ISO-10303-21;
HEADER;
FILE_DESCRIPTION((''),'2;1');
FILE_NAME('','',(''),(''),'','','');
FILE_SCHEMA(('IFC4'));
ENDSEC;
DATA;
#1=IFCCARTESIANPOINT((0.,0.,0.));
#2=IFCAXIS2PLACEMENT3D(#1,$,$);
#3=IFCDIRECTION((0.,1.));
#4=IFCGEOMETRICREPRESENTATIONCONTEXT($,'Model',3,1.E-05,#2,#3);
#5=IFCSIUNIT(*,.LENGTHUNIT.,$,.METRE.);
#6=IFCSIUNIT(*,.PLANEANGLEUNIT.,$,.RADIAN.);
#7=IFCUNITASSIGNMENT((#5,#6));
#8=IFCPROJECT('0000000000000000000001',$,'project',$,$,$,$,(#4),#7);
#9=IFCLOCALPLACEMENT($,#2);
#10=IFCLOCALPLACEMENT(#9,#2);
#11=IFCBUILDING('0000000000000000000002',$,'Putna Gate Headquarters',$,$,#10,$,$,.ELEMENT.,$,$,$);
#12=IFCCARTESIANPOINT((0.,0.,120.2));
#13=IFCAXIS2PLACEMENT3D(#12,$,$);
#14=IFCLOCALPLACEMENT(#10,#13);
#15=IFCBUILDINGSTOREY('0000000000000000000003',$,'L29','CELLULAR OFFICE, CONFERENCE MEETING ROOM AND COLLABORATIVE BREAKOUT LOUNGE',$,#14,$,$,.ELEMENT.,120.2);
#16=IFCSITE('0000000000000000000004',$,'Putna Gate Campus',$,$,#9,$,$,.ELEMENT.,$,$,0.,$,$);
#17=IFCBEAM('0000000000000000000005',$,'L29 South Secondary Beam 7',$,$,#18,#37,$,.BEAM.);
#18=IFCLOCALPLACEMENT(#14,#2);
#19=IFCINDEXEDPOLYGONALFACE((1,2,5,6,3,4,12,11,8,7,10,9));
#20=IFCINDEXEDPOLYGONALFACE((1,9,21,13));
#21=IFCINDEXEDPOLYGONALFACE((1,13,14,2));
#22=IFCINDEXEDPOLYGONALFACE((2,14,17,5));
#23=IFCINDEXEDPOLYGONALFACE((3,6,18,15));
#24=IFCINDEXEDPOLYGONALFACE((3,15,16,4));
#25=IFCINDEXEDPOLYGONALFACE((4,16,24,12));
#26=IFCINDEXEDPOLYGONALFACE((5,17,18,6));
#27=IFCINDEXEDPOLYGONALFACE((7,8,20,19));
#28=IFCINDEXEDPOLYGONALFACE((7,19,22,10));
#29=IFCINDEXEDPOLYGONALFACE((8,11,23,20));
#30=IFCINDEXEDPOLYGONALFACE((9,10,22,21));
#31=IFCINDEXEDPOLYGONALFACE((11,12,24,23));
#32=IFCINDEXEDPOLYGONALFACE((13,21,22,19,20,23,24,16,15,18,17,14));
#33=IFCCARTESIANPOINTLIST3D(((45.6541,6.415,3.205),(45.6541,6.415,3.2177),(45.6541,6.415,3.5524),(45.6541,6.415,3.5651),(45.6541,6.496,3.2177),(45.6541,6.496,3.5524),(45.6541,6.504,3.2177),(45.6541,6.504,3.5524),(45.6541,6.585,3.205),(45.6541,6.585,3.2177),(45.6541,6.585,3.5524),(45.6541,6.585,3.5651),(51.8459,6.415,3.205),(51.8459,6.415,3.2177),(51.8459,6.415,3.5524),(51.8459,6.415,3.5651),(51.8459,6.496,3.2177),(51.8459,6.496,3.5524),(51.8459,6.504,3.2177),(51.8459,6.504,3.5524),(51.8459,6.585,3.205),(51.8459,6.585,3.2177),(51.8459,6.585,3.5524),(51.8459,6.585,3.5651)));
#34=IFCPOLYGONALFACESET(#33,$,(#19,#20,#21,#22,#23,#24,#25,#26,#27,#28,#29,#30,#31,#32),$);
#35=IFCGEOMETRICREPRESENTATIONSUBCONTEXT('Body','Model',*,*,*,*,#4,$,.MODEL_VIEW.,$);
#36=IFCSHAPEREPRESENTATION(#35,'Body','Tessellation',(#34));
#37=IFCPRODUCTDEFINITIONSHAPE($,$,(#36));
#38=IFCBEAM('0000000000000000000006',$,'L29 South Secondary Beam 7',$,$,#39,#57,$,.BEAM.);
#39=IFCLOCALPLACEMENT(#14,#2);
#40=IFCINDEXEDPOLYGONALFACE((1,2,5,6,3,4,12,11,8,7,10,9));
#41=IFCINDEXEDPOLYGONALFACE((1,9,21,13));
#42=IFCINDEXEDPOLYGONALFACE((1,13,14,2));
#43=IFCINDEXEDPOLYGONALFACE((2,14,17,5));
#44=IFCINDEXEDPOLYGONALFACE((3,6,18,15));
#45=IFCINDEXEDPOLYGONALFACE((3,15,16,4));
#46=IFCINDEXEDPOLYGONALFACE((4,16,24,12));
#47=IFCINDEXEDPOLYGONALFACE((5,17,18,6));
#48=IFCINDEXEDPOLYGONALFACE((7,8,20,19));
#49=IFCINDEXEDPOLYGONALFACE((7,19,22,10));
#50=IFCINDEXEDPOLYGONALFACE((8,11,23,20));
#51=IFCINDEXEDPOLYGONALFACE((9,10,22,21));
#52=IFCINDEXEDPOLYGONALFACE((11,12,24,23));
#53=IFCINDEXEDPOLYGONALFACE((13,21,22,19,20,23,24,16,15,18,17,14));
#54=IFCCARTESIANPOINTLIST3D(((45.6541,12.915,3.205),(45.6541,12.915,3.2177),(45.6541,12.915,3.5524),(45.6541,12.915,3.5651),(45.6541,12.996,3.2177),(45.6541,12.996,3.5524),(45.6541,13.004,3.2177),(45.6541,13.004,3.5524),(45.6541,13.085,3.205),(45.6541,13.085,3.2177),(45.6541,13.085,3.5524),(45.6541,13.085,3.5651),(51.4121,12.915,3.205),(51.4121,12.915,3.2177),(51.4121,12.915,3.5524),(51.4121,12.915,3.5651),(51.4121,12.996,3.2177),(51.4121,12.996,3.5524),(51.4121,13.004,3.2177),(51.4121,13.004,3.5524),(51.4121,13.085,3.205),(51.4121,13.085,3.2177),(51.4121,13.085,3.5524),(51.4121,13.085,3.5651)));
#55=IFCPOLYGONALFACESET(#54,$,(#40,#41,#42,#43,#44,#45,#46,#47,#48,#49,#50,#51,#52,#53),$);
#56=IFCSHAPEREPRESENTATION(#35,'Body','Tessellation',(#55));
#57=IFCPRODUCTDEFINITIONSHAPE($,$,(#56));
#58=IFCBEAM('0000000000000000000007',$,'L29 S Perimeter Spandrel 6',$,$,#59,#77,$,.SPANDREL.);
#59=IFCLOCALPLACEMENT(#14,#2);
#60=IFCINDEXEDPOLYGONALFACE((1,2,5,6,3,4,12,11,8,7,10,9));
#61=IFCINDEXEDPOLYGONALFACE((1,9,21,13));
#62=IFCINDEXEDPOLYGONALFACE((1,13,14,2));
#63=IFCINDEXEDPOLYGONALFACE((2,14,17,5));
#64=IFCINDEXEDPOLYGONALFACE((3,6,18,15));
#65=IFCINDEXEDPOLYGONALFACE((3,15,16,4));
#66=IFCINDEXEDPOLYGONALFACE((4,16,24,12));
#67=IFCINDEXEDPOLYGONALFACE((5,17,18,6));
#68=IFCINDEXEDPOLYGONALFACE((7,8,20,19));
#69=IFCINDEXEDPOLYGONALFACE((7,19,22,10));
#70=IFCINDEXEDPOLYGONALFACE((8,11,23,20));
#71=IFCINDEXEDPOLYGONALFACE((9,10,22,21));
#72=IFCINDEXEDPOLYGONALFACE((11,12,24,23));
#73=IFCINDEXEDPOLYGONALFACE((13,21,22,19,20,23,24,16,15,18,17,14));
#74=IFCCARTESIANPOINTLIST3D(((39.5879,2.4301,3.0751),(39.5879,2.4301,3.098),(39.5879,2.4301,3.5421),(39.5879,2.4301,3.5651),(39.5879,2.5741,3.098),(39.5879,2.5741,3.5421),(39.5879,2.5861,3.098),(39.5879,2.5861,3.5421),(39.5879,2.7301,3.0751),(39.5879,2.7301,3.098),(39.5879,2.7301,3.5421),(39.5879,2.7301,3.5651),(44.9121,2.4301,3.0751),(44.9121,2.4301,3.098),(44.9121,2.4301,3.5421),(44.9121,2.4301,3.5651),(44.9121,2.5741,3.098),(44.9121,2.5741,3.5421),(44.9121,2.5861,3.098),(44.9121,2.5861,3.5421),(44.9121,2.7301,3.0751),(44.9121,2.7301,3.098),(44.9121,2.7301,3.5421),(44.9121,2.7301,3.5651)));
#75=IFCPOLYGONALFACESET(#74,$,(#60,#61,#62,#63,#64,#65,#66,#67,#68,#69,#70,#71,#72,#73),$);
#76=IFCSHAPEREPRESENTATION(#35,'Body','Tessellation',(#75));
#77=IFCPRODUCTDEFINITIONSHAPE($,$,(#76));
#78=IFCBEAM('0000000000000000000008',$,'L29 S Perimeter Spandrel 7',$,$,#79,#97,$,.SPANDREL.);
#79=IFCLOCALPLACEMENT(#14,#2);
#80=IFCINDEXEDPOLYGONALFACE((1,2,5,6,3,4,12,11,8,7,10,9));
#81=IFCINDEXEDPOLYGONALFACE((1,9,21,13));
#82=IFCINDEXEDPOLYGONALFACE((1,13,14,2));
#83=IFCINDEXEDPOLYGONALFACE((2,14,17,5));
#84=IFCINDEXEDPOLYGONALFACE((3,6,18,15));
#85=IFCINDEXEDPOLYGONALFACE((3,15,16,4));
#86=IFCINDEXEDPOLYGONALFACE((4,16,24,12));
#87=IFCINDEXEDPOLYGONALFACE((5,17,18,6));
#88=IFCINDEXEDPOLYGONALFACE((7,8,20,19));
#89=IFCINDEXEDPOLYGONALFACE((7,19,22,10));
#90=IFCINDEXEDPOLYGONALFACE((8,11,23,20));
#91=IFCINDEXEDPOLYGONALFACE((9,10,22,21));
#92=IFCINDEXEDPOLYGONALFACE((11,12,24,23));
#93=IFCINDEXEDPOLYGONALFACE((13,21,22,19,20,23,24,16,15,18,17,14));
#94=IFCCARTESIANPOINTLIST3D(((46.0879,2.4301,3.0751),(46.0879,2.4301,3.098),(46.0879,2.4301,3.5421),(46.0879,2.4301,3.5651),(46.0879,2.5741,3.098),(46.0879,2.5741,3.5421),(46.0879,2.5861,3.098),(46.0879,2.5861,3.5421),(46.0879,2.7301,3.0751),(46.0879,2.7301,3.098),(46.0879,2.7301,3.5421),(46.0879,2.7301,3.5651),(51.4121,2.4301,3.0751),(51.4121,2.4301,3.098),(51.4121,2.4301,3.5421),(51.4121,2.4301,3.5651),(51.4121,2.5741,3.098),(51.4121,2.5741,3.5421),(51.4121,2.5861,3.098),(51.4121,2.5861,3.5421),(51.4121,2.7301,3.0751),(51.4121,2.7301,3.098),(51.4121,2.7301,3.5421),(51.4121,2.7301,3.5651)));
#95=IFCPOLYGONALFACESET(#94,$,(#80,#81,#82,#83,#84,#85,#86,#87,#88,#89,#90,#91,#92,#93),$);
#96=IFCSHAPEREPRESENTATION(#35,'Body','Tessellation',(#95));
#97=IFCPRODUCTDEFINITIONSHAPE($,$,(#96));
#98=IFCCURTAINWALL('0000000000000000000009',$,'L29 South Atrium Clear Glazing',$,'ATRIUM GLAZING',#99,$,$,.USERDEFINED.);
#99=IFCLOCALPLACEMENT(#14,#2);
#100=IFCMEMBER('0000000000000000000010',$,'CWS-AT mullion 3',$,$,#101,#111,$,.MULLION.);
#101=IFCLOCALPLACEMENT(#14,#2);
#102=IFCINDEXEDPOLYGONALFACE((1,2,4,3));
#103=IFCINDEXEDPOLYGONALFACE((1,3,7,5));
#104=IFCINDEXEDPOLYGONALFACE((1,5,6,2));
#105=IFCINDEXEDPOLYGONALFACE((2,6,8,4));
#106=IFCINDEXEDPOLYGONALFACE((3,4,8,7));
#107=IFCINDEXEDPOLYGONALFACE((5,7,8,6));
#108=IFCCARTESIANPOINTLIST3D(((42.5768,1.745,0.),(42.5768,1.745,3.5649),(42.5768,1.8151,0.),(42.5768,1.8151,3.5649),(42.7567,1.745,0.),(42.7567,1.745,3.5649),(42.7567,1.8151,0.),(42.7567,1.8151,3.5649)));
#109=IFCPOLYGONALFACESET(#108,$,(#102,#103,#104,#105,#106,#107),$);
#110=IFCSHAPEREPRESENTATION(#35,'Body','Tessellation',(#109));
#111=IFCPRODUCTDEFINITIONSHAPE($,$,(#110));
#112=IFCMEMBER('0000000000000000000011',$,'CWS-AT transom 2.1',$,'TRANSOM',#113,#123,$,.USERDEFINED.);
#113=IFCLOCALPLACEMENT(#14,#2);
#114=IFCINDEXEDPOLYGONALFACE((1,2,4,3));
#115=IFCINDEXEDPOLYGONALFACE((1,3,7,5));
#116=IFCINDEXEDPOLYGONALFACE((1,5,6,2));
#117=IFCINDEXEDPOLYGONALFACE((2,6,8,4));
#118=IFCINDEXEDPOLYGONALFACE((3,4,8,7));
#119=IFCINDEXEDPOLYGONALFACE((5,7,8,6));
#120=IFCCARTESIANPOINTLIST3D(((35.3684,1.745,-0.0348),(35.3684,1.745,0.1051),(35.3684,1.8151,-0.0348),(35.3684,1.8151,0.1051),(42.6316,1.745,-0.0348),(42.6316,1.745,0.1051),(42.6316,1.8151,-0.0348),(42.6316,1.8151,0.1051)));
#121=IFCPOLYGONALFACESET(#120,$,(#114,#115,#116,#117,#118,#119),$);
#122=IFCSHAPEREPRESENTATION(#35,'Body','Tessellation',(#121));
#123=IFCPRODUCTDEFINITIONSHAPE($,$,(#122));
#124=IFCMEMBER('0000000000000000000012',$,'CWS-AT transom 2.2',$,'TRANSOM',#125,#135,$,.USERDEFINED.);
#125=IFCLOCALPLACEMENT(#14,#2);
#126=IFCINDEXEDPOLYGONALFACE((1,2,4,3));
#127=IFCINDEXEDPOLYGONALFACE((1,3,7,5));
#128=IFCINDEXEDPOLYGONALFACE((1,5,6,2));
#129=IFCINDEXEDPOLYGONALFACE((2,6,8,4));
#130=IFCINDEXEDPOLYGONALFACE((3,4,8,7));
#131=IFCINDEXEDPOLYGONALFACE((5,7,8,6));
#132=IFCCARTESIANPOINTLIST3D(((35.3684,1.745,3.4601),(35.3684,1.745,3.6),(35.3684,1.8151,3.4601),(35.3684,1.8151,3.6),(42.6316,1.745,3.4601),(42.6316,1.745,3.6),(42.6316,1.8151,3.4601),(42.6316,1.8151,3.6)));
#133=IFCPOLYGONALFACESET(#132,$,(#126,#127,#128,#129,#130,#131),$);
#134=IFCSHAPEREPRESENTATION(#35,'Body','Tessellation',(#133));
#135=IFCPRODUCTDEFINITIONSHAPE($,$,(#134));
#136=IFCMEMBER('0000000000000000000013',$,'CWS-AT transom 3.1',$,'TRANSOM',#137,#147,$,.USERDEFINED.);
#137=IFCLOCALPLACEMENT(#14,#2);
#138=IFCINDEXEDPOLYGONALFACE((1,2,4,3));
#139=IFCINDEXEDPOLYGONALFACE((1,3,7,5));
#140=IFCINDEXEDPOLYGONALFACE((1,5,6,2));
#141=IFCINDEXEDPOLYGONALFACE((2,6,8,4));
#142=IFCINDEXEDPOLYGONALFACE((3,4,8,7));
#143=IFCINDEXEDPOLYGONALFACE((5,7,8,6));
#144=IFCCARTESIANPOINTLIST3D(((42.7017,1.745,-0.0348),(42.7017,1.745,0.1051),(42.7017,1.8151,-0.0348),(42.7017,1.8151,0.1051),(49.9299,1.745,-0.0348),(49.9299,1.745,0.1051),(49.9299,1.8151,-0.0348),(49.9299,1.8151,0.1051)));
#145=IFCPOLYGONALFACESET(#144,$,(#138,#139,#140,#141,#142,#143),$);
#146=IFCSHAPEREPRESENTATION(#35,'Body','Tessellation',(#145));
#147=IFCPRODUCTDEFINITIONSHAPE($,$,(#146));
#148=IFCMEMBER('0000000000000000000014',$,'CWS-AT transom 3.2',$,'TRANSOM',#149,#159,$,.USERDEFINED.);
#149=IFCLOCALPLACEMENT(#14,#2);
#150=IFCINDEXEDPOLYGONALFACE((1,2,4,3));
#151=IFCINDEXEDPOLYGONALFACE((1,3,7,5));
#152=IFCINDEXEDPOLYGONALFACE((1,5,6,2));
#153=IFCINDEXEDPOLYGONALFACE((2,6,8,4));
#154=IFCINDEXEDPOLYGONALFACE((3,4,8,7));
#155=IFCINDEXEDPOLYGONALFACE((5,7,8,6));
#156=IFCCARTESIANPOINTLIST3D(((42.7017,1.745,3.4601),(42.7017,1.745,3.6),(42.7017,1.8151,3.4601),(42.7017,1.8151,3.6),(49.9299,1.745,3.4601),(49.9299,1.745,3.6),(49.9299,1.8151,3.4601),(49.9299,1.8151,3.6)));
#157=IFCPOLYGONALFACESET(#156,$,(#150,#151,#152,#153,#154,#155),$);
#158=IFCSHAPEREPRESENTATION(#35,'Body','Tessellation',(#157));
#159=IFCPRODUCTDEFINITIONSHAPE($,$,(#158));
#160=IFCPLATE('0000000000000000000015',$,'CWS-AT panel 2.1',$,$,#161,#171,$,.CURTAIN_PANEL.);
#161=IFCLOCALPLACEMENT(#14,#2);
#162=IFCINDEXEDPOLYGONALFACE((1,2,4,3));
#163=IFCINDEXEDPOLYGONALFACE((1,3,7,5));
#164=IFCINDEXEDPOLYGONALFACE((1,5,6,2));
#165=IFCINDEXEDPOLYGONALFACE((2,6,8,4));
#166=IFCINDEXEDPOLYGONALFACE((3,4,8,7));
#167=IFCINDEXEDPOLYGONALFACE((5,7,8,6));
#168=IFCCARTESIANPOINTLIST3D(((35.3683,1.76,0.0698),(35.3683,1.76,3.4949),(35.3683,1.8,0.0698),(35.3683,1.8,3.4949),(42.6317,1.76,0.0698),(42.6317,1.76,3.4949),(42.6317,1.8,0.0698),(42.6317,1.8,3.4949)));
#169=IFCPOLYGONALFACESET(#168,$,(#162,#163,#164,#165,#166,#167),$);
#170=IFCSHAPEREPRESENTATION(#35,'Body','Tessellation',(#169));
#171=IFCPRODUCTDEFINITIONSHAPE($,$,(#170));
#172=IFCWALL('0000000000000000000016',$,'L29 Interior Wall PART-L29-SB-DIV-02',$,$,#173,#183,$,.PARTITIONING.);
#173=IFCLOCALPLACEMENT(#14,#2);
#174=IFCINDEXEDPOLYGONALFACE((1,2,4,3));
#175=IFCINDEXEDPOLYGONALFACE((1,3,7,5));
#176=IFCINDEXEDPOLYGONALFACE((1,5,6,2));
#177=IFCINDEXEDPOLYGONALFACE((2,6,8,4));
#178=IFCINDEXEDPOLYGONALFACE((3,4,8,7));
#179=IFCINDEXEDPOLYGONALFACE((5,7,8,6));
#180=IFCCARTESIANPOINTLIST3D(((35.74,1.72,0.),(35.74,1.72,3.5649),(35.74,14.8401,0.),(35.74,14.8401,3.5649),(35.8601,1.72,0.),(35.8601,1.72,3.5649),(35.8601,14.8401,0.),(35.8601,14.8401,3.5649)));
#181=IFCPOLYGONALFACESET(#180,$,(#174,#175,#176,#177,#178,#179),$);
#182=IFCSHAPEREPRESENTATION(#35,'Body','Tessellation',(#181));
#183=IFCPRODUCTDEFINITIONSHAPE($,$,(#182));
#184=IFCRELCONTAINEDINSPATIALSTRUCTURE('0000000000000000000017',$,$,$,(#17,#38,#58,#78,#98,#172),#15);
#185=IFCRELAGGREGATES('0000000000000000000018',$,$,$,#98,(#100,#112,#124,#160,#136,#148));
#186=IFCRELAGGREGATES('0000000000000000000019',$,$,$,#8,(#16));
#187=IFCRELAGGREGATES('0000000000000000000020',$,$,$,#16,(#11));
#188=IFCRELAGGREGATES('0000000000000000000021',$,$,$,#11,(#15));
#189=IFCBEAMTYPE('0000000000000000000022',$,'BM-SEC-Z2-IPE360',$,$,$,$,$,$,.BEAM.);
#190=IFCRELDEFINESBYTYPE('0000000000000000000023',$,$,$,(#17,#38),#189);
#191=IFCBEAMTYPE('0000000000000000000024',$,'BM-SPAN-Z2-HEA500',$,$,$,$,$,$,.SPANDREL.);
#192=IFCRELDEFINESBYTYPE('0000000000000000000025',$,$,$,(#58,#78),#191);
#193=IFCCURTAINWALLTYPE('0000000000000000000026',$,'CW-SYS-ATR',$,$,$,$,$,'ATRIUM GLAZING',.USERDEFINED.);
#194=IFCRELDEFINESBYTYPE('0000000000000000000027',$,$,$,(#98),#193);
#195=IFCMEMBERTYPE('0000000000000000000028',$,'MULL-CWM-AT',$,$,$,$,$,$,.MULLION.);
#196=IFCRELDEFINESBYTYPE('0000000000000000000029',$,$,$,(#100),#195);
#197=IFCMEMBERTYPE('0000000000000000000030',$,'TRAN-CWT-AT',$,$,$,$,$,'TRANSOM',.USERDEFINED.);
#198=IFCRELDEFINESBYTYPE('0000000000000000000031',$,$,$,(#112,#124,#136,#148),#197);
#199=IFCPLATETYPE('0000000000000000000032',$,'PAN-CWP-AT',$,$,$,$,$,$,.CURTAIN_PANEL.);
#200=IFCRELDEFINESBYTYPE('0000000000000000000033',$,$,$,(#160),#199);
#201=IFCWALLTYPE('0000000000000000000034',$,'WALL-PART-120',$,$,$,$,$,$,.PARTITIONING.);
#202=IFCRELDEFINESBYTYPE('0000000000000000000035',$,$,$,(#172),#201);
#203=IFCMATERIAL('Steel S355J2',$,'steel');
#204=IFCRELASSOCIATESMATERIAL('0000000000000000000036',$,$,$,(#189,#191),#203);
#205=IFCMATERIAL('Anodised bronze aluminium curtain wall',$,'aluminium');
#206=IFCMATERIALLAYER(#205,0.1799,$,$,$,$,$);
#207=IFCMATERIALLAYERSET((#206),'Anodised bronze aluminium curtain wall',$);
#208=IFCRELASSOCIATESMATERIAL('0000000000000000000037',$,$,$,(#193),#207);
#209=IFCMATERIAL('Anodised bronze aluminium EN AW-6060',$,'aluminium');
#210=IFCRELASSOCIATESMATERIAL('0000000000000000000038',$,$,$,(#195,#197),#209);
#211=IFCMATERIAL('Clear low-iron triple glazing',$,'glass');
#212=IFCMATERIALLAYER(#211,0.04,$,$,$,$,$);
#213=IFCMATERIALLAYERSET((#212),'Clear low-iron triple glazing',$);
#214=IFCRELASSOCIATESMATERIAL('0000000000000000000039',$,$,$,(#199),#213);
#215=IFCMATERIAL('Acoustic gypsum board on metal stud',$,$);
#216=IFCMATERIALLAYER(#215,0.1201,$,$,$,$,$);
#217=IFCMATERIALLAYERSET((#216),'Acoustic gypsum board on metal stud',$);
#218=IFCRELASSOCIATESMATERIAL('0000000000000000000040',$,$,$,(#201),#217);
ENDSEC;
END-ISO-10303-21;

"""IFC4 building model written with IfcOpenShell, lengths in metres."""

from ifc_helpers import new_model, si_unit, direction, frame, frame_2d, origin, origin_2d, place, context, subcontext, project, spatial, rectangle, i_section, extrude, material, layer, layer_set, material_profile, profile_set, type_object, element, aggregate, save


model = new_model("IFC4")

# Units and contexts
model_context = context("Model", 3, precision=1e-05, world=origin(), true_north=direction((0.0, 1.0)))
body_context = subcontext(model_context, "Body", "Model", "MODEL_VIEW")
ifc_project = project(units=[si_unit("LENGTHUNIT", "METRE"), si_unit("PLANEANGLEUNIT", "RADIAN")], contexts=[model_context])

# Site, building, storey
site_placement = place(None, origin())
site = spatial("IfcSite", under=ifc_project, at=site_placement, Name="Putna Gate Campus", CompositionType="ELEMENT", RefElevation=0.0)
building_placement = place(site_placement, origin())
building = spatial("IfcBuilding", under=site, at=building_placement, Name="Putna Gate Headquarters", CompositionType="ELEMENT")
storey_placement = place(building_placement, frame((0.0, 0.0, 120.2)))
storey = spatial("IfcBuildingStorey", under=building, at=storey_placement, Name="L29", Description="CELLULAR OFFICE, CONFERENCE MEETING ROOM AND COLLABORATIVE BREAKOUT LOUNGE", CompositionType="ELEMENT", Elevation=120.2)

# Beams
ifc_material_1 = material(Name="Steel S355J2", Category="steel")
ifc_material_profile_1 = material_profile(ifc_material_1, i_section(OverallWidth=0.1699, OverallDepth=0.3601, WebThickness=0.0081, FlangeThickness=0.0127, at=origin_2d()), Name="Steel S355J2")
ifc_profile_set_1 = profile_set([ifc_material_profile_1], Name="Steel S355J2")
beam_type_1 = type_object("IfcBeamType", Name="BM-SEC-Z2-IPE360", PredefinedType="BEAM", material=ifc_profile_set_1)
for number, where, z_axis, x_axis, name in (
    (1, (45.6541, 6.5, 3.385), (1.0, 0.0, 0.0), (0.0, 1.0, 0.0), "L29 South Secondary Beam 7"),
):
    element("IfcBeam", number, at=place(storey_placement, frame(where, z_axis=z_axis, x_axis=x_axis)), inside=storey, type_object=beam_type_1, Name=name, PredefinedType="BEAM", context=body_context, shape_type="SweptSolid", body=[
        extrude(i_section(OverallWidth=0.1699, OverallDepth=0.3601, WebThickness=0.0081, FlangeThickness=0.0127, at=origin_2d()), origin(), (0.0, 0.0, 1.0), 6.1919),
    ])
beam_1_placement = place(storey_placement, frame((45.6541, 13.0, 3.385), z_axis=(1.0, 0.0, 0.0), x_axis=(0.0, 1.0, 0.0)))
element("IfcBeam", 2, at=beam_1_placement, inside=storey, type_object=beam_type_1, Name="L29 South Secondary Beam 7", PredefinedType="BEAM", context=body_context, shape_type="SweptSolid", body=[
    extrude(i_section(OverallWidth=0.1699, OverallDepth=0.3601, WebThickness=0.0081, FlangeThickness=0.0127, at=origin_2d()), origin(), (0.0, 0.0, 1.0), 5.7581),
])
ifc_material_profile_2 = material_profile(ifc_material_1, i_section(OverallWidth=0.3, OverallDepth=0.49, WebThickness=0.012, FlangeThickness=0.0229, at=origin_2d()), Name="Steel S355J2")
ifc_profile_set_2 = profile_set([ifc_material_profile_2], Name="Steel S355J2")
beam_type_2 = type_object("IfcBeamType", Name="BM-SPAN-Z2-HEA500", PredefinedType="SPANDREL", material=ifc_profile_set_2)
for number, where, z_axis, x_axis, name in (
    (3, (39.5879, 2.5801, 3.3201), (1.0, 0.0, 0.0), (0.0, 1.0, 0.0), "L29 S Perimeter Spandrel 6"),
    (4, (46.0879, 2.5801, 3.3201), (1.0, 0.0, 0.0), (0.0, 1.0, 0.0), "L29 S Perimeter Spandrel 7"),
):
    element("IfcBeam", number, at=place(storey_placement, frame(where, z_axis=z_axis, x_axis=x_axis)), inside=storey, type_object=beam_type_2, Name=name, PredefinedType="SPANDREL", context=body_context, shape_type="SweptSolid", body=[
        extrude(i_section(OverallWidth=0.3, OverallDepth=0.49, WebThickness=0.012, FlangeThickness=0.0229, at=origin_2d()), origin(), (0.0, 0.0, 1.0), 5.3242),
    ])

# Curtain wall, members, plate
ifc_material_2 = material(Name="Anodised bronze aluminium curtain wall", Category="aluminium")
ifc_layer_1 = layer(ifc_material_2, 0.1799)
ifc_layer_set_1 = layer_set([ifc_layer_1], Name="Anodised bronze aluminium curtain wall")
curtain_wall_type = type_object("IfcCurtainWallType", Name="CW-SYS-ATR", ElementType="ATRIUM GLAZING", PredefinedType="USERDEFINED", material=ifc_layer_set_1)
curtain_wall_placement = place(storey_placement, origin())
curtain_wall = element("IfcCurtainWall", 5, at=curtain_wall_placement, inside=storey, type_object=curtain_wall_type, Name="L29 South Atrium Clear Glazing", ObjectType="ATRIUM GLAZING", PredefinedType="USERDEFINED")
ifc_material_3 = material(Name="Anodised bronze aluminium EN AW-6060", Category="aluminium")
ifc_material_profile_3 = material_profile(ifc_material_3, rectangle(XDim=0.0701, YDim=0.1799, at=origin_2d()), Name="Anodised bronze aluminium EN AW-6060")
ifc_profile_set_3 = profile_set([ifc_material_profile_3], Name="Anodised bronze aluminium EN AW-6060")
member_type_1 = type_object("IfcMemberType", Name="MULL-CWM-AT", PredefinedType="MULLION", material=ifc_profile_set_3)
member_1_placement = place(storey_placement, frame((42.6667, 1.78, 0.0), z_axis=(0.0, 0.0, 1.0), x_axis=(0.0, 1.0, 0.0)))
member_1 = element("IfcMember", 6, at=member_1_placement, type_object=member_type_1, Name="CWS-AT mullion 3", PredefinedType="MULLION", context=body_context, shape_type="SweptSolid", body=[
    extrude(rectangle(XDim=0.0701, YDim=0.1799, at=origin_2d()), origin(), (0.0, 0.0, 1.0), 3.5649),
])
ifc_material_profile_4 = material_profile(ifc_material_3, rectangle(XDim=0.0701, YDim=0.1399, at=origin_2d()), Name="Anodised bronze aluminium EN AW-6060")
ifc_profile_set_4 = profile_set([ifc_material_profile_4], Name="Anodised bronze aluminium EN AW-6060")
member_type_2 = type_object("IfcMemberType", Name="TRAN-CWT-AT", ElementType="TRANSOM", PredefinedType="USERDEFINED", material=ifc_profile_set_4)
member_2_placement = place(storey_placement, frame((35.3684, 1.78, 0.0352), z_axis=(1.0, 0.0, 0.0), x_axis=(0.0, 1.0, 0.0)))
member_2 = element("IfcMember", 7, at=member_2_placement, type_object=member_type_2, Name="CWS-AT transom 2.1", ObjectType="TRANSOM", PredefinedType="USERDEFINED", context=body_context, shape_type="SweptSolid", body=[
    extrude(rectangle(XDim=0.0701, YDim=0.1399, at=origin_2d()), origin(), (0.0, 0.0, 1.0), 7.2632),
])
member_3_placement = place(storey_placement, frame((35.3684, 1.78, 3.53), z_axis=(1.0, 0.0, 0.0), x_axis=(0.0, 1.0, 0.0)))
member_3 = element("IfcMember", 8, at=member_3_placement, type_object=member_type_2, Name="CWS-AT transom 2.2", ObjectType="TRANSOM", PredefinedType="USERDEFINED", context=body_context, shape_type="SweptSolid", body=[
    extrude(rectangle(XDim=0.0701, YDim=0.1399, at=origin_2d()), origin(), (0.0, 0.0, 1.0), 7.2632),
])
member_4_placement = place(storey_placement, frame((42.7017, 1.78, 0.0352), z_axis=(1.0, 0.0, 0.0), x_axis=(0.0, 1.0, 0.0)))
member_4 = element("IfcMember", 9, at=member_4_placement, type_object=member_type_2, Name="CWS-AT transom 3.1", ObjectType="TRANSOM", PredefinedType="USERDEFINED", context=body_context, shape_type="SweptSolid", body=[
    extrude(rectangle(XDim=0.0701, YDim=0.1399, at=origin_2d()), origin(), (0.0, 0.0, 1.0), 7.2283),
])
member_5_placement = place(storey_placement, frame((42.7017, 1.78, 3.53), z_axis=(1.0, 0.0, 0.0), x_axis=(0.0, 1.0, 0.0)))
member_5 = element("IfcMember", 10, at=member_5_placement, type_object=member_type_2, Name="CWS-AT transom 3.2", ObjectType="TRANSOM", PredefinedType="USERDEFINED", context=body_context, shape_type="SweptSolid", body=[
    extrude(rectangle(XDim=0.0701, YDim=0.1399, at=origin_2d()), origin(), (0.0, 0.0, 1.0), 7.2283),
])
ifc_material_4 = material(Name="Clear low-iron triple glazing", Category="glass")
ifc_layer_2 = layer(ifc_material_4, 0.04)
ifc_layer_set_2 = layer_set([ifc_layer_2], Name="Clear low-iron triple glazing")
plate_type = type_object("IfcPlateType", Name="PAN-CWP-AT", PredefinedType="CURTAIN_PANEL", material=ifc_layer_set_2)
plate_placement = place(storey_placement, frame((39.0, 1.78, 0.0698), z_axis=(0.0, 0.0, 1.0), x_axis=(1.0, 0.0, 0.0)))
plate = element("IfcPlate", 11, at=plate_placement, type_object=plate_type, Name="CWS-AT panel 2.1", PredefinedType="CURTAIN_PANEL", context=body_context, shape_type="SweptSolid", body=[
    extrude(rectangle(XDim=7.2634, YDim=0.04, at=origin_2d()), origin(), (0.0, 0.0, 1.0), 3.425),
])
aggregate(curtain_wall, [member_1, member_2, member_3, plate, member_4, member_5])

# Wall
ifc_material_5 = material(Name="Acoustic gypsum board on metal stud")
ifc_layer_3 = layer(ifc_material_5, 0.1201)
ifc_layer_set_3 = layer_set([ifc_layer_3], Name="Acoustic gypsum board on metal stud")
wall_type_1 = type_object("IfcWallType", Name="WALL-PART-120", PredefinedType="PARTITIONING", material=ifc_layer_set_3)
for number, where, z_axis, x_axis, name in (
    (12, (35.8, 1.72, 0.0), (0.0, 0.0, 1.0), (0.0, 1.0, 0.0), "L29 Interior Wall PART-L29-SB-DIV-02"),
):
    element("IfcWall", number, at=place(storey_placement, frame(where, z_axis=z_axis, x_axis=x_axis)), inside=storey, type_object=wall_type_1, Name=name, PredefinedType="PARTITIONING", context=body_context, shape_type="SweptSolid", body=[
        extrude(rectangle(XDim=13.1201, YDim=0.1201, at=frame_2d((6.5601, 0.0))), origin(), (0.0, 0.0, 1.0), 3.5649),
    ])

save(model, "model.ifc")
